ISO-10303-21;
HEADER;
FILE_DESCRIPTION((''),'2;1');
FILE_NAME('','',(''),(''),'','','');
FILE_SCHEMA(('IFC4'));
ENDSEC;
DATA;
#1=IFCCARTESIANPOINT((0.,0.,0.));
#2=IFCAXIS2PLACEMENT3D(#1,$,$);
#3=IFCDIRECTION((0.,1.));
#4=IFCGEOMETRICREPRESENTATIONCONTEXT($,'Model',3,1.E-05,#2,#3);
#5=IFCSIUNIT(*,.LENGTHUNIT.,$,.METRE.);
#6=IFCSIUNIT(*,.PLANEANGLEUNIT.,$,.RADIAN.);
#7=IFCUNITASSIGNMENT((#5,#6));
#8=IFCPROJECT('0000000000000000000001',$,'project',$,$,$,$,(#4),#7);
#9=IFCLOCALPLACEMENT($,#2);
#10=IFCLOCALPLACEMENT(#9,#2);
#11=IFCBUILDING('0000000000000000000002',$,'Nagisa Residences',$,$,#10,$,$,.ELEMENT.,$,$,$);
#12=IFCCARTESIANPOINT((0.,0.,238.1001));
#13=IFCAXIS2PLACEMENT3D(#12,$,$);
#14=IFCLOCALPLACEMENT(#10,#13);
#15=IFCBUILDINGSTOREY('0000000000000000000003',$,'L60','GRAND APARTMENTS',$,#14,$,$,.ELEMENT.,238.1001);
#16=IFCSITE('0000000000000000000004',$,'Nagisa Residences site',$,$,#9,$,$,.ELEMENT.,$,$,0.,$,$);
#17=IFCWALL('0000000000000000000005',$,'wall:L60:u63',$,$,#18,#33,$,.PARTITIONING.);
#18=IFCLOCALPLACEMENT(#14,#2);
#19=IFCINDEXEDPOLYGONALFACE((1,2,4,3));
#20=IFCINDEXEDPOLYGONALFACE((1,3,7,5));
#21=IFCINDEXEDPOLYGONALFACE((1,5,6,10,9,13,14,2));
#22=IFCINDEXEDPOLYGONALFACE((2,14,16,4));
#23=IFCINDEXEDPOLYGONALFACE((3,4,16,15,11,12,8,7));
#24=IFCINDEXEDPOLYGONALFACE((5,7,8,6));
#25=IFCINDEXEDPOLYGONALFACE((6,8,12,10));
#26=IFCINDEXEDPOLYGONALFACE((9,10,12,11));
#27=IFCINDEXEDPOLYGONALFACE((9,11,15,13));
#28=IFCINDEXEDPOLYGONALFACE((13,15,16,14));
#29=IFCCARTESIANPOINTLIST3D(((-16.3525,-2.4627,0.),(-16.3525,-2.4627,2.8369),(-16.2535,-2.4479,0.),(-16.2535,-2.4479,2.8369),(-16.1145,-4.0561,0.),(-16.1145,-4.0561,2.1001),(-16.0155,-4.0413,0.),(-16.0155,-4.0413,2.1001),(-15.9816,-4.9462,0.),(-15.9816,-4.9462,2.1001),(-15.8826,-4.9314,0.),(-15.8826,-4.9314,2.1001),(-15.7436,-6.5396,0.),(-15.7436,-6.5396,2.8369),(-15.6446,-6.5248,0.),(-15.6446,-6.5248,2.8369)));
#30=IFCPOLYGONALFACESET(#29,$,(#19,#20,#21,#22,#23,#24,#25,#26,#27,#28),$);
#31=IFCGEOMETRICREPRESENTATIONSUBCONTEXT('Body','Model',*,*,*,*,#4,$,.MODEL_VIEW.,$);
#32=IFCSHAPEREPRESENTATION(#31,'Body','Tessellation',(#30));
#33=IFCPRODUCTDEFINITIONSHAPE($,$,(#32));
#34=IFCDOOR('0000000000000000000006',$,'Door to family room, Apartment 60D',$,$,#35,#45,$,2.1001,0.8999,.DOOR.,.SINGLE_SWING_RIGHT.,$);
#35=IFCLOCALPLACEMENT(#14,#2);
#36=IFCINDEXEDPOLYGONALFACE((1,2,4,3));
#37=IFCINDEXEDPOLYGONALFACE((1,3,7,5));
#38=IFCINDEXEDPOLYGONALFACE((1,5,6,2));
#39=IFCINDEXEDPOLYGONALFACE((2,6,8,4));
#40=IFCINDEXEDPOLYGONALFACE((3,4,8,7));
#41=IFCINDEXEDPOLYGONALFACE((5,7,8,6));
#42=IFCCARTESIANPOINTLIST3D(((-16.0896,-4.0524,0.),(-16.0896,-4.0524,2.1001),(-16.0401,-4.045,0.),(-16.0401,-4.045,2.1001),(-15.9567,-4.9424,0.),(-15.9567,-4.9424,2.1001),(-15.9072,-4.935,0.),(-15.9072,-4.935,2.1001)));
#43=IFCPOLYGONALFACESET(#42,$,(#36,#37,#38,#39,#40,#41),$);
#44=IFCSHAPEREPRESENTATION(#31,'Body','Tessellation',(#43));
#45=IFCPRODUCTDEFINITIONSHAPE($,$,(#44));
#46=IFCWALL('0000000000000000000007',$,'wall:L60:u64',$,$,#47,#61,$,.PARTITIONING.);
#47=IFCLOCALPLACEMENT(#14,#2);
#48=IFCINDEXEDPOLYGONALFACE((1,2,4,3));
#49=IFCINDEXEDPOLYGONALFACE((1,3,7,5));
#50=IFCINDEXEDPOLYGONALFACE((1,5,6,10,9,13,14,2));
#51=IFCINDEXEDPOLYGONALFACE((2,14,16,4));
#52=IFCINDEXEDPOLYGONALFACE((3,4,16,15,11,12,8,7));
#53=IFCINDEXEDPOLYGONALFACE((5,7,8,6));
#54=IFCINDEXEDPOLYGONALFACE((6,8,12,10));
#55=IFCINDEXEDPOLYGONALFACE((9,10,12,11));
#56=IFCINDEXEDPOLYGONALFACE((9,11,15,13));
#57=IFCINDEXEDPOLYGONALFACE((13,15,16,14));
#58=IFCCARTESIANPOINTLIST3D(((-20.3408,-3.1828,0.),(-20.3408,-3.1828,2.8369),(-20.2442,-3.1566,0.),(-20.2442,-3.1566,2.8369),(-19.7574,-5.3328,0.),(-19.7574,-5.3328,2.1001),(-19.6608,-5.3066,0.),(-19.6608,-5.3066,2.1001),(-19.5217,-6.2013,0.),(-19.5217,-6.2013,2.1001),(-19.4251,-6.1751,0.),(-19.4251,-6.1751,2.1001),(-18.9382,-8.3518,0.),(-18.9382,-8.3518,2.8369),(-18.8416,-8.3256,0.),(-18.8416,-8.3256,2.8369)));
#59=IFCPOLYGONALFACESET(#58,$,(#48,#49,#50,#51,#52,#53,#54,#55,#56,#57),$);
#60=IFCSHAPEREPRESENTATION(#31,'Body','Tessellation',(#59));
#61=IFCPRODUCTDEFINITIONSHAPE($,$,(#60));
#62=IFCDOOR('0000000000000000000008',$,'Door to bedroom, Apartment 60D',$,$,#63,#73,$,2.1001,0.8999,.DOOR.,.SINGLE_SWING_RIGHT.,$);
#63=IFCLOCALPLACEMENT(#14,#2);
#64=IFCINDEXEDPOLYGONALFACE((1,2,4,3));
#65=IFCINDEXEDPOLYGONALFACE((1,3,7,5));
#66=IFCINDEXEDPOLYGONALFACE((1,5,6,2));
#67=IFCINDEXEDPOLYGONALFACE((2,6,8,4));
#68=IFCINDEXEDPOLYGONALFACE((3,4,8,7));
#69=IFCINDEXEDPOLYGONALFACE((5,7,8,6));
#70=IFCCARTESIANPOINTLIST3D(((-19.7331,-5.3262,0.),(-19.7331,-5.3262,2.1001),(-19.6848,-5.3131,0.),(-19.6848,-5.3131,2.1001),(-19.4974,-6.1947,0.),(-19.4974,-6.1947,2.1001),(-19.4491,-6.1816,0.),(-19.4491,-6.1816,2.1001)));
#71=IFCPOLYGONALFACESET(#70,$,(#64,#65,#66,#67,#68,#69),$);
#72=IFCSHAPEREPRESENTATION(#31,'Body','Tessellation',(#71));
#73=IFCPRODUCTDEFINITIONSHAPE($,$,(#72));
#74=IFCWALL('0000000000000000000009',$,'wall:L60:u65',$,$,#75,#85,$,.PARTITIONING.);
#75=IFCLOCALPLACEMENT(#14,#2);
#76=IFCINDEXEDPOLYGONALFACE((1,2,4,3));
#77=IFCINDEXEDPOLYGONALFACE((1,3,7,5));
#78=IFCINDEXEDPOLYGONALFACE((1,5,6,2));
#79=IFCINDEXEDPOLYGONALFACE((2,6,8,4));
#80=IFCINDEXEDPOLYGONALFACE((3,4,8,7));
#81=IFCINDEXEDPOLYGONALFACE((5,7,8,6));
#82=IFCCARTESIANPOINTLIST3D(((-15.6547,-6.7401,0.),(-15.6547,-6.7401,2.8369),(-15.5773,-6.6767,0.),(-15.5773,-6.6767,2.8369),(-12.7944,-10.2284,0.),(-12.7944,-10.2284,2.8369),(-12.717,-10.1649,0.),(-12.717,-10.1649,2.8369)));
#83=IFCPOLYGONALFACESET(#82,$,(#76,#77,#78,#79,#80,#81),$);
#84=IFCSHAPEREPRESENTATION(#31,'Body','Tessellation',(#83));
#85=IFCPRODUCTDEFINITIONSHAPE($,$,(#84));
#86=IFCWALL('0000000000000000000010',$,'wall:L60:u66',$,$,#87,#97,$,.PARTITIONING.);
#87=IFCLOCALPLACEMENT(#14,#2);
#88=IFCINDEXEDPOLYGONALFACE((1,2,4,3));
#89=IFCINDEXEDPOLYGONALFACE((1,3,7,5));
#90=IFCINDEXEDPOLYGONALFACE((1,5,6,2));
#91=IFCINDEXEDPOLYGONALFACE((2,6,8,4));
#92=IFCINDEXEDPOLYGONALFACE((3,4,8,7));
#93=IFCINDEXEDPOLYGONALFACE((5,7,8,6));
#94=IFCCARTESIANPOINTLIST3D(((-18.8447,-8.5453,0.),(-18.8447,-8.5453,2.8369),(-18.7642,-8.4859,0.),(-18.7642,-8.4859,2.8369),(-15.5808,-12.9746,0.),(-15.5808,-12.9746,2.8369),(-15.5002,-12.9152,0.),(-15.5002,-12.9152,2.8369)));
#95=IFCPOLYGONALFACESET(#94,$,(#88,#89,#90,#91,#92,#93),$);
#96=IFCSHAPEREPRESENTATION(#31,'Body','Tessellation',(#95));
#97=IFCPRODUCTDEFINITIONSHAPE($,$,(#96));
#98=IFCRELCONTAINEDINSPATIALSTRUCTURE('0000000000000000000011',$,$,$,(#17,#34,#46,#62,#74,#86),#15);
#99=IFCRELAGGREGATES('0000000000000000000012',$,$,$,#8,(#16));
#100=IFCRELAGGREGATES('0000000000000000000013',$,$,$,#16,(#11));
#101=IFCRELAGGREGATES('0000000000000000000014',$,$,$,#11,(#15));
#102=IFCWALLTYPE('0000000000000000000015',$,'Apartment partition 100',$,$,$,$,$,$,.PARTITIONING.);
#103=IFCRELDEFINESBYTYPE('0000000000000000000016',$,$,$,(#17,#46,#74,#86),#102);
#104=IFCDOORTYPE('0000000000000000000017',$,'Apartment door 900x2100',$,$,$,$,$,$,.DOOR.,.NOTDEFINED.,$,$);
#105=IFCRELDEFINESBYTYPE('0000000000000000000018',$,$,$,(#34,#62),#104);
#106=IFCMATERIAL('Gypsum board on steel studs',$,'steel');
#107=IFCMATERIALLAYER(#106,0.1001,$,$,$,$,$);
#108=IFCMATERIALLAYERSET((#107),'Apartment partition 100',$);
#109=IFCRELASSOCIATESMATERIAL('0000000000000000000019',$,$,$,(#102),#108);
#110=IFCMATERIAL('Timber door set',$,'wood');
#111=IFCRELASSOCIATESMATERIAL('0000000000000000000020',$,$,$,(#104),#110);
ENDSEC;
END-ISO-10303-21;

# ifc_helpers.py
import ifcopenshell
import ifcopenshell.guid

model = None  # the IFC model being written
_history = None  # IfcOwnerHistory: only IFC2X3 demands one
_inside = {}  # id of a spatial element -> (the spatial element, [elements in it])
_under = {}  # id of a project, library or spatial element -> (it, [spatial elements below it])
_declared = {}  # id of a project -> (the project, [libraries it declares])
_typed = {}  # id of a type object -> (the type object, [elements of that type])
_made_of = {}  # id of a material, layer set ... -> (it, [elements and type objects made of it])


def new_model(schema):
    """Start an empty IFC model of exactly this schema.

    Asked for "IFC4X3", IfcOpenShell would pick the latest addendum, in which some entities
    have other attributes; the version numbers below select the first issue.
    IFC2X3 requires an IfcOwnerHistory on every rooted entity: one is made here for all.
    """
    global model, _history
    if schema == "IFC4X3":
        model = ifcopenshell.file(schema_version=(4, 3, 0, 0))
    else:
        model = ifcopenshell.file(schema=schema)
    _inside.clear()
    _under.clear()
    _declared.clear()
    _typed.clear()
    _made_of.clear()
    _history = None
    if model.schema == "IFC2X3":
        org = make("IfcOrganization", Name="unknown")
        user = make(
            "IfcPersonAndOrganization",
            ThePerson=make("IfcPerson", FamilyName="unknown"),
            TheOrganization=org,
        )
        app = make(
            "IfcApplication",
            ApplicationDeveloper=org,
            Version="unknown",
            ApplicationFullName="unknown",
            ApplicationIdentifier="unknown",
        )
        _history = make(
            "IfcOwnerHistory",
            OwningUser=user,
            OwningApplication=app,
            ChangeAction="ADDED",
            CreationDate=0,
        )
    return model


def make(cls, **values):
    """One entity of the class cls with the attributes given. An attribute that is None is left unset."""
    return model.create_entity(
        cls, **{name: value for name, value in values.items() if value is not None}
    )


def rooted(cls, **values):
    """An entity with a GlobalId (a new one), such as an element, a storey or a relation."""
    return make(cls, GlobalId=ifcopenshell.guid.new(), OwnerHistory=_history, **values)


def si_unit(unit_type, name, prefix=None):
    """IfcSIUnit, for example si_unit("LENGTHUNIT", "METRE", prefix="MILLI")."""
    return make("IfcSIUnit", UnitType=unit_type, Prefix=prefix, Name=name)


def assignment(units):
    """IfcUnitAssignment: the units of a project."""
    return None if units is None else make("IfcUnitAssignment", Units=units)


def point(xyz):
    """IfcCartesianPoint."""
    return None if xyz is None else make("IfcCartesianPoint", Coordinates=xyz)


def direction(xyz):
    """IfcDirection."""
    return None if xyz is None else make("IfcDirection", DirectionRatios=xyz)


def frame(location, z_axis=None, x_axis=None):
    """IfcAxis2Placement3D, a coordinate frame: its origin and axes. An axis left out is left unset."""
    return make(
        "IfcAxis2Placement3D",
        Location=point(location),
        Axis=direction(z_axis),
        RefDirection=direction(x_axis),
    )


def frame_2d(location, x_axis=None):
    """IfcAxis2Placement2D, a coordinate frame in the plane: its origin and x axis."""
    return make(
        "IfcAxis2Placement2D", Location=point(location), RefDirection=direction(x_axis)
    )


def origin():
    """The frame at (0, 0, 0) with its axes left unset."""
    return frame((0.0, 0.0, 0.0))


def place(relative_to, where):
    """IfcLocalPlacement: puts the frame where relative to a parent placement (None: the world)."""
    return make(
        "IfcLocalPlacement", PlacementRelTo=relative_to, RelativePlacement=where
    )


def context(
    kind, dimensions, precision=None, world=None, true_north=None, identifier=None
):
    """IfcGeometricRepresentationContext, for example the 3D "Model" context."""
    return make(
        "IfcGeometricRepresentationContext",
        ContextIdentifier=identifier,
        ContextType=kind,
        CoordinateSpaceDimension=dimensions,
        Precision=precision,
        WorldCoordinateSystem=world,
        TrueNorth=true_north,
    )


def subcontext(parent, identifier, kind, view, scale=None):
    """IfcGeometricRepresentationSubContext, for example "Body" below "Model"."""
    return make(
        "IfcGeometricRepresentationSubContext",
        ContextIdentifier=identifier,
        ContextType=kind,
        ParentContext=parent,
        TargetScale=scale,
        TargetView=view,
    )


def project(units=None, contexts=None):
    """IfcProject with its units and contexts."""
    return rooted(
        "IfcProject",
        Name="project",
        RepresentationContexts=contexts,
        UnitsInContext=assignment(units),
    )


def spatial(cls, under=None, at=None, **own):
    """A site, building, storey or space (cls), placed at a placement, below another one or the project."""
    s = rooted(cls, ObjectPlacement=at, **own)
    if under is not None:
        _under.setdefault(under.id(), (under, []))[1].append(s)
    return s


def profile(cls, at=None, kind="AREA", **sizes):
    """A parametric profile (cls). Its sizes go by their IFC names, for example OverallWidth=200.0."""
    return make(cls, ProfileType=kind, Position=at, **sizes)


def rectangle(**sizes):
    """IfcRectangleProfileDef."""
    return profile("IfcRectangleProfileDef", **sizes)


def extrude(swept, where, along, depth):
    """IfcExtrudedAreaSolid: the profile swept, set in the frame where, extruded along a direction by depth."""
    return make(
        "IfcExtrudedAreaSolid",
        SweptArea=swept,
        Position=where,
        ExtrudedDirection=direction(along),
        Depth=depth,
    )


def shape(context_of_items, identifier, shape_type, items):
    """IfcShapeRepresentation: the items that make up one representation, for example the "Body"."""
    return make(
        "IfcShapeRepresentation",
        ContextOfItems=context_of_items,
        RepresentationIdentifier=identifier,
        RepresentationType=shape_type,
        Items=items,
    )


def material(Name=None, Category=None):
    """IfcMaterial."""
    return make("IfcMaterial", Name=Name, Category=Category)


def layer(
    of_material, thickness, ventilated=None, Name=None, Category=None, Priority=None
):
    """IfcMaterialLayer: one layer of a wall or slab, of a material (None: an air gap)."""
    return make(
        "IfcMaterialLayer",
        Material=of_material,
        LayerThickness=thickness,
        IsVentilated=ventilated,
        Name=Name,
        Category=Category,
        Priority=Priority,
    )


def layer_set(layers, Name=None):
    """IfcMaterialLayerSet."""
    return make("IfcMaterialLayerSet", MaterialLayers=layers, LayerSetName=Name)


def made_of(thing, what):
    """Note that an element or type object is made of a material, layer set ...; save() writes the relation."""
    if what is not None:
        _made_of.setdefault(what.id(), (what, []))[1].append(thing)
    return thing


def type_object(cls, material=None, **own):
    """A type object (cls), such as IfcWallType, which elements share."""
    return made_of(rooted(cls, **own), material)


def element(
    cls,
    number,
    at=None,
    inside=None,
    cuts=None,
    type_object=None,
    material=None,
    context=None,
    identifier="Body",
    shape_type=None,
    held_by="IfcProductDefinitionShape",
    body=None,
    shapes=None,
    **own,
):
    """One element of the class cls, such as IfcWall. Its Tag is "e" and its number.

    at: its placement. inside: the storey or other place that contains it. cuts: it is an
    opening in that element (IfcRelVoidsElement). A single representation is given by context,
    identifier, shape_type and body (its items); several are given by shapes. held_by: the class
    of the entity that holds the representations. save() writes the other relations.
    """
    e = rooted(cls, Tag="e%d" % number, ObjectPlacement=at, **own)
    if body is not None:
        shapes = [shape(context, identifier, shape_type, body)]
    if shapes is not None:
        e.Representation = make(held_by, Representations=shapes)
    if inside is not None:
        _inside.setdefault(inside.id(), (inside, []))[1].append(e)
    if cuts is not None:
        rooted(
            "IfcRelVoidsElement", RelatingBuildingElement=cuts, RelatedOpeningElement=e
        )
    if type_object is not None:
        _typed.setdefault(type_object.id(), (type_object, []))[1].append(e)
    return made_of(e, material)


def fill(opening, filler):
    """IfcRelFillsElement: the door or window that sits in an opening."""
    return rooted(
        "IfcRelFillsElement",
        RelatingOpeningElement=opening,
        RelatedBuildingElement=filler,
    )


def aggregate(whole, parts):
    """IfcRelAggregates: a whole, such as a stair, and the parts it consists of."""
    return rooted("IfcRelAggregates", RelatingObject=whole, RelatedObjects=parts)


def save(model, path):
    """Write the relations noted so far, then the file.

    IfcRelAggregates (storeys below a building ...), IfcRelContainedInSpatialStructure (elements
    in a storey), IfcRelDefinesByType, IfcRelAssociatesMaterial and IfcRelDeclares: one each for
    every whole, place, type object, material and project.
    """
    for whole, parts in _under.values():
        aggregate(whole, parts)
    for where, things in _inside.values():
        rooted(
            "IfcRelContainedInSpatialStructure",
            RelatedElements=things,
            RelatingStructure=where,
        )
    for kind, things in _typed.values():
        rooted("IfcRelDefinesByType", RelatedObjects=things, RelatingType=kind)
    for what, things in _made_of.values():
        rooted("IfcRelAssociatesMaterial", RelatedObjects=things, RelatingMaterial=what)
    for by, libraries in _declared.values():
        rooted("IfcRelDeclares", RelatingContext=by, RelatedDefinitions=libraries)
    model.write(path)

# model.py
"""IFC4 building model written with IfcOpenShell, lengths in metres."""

from ifc_helpers import new_model, si_unit, direction, frame, frame_2d, origin, place, context, subcontext, project, spatial, rectangle, extrude, material, layer, layer_set, type_object, element, fill, save


model = new_model("IFC4")

# Units and contexts
model_context = context("Model", 3, precision=1e-05, world=origin(), true_north=direction((0.0, 1.0)))
body_context = subcontext(model_context, "Body", "Model", "MODEL_VIEW")
ifc_project = project(units=[si_unit("LENGTHUNIT", "METRE"), si_unit("PLANEANGLEUNIT", "RADIAN")], contexts=[model_context])

# Site, building, storey
site_placement = place(None, origin())
site = spatial("IfcSite", under=ifc_project, at=site_placement, Name="Nagisa Residences site", CompositionType="ELEMENT", RefElevation=0.0)
building_placement = place(site_placement, origin())
building = spatial("IfcBuilding", under=site, at=building_placement, Name="Nagisa Residences", CompositionType="ELEMENT")
storey_placement = place(building_placement, frame((0.0, 0.0, 238.1001)))
storey = spatial("IfcBuildingStorey", under=building, at=storey_placement, Name="L60", Description="GRAND APARTMENTS", CompositionType="ELEMENT", Elevation=238.1001)

# Shared definitions
ifc_material_1 = material(Name="Gypsum board on steel studs", Category="steel")
ifc_layer_1 = layer(ifc_material_1, 0.1001)
ifc_layer_set_1 = layer_set([ifc_layer_1], Name="Apartment partition 100")
wall_type_1 = type_object("IfcWallType", Name="Apartment partition 100", PredefinedType="PARTITIONING", material=ifc_layer_set_1)
ifc_material_2 = material(Name="Timber door set", Category="wood")
door_type_1 = type_object("IfcDoorType", Name="Apartment door 900x2100", OperationType="NOTDEFINED", PredefinedType="DOOR", material=ifc_material_2)

# Walls, openings, doors
wall_1_placement = place(storey_placement, frame((-16.303, -2.4553, 0.0), z_axis=(0.0, 0.0, 1.0), x_axis=(0.147712, -0.98903, 0.0)))
wall_1 = element("IfcWall", 1, at=wall_1_placement, inside=storey, type_object=wall_type_1, Name="wall:L60:u63", PredefinedType="PARTITIONING", context=body_context, shape_type="SweptSolid", body=[
    extrude(rectangle(XDim=4.1221, YDim=0.1001, at=frame_2d((2.061, 0.0))), origin(), (0.0, 0.0, 1.0), 2.8369),
])
opening_1_placement = place(wall_1_placement, frame((1.6111, 0.0, 0.0)))
opening_1 = element("IfcOpeningElement", 2, at=opening_1_placement, cuts=wall_1, PredefinedType="OPENING", context=body_context, shape_type="SweptSolid", body=[
    extrude(rectangle(XDim=0.8999, YDim=2.1001, at=frame_2d((0.45, 1.05))), frame((0.0, 0.0601, 0.0), z_axis=(0.0, -1.0, 0.0), x_axis=(1.0, 0.0, 0.0)), (0.0, 0.0, 1.0), 0.1201),
])
door_1_placement = place(opening_1_placement, frame((0.8999, 0.0, 0.0), x_axis=(-1.0, 0.0, 0.0)))
door_1 = element("IfcDoor", 3, at=door_1_placement, inside=storey, type_object=door_type_1, Name="Door to family room, Apartment 60D", OperationType="SINGLE_SWING_RIGHT", OverallHeight=2.1001, OverallWidth=0.8999, PredefinedType="DOOR", context=body_context, shape_type="SweptSolid", body=[
    extrude(rectangle(XDim=0.8999, YDim=2.1001, at=frame_2d((0.45, 1.05))), frame((0.0, 0.0249, 0.0), z_axis=(0.0, -1.0, 0.0), x_axis=(1.0, 0.0, 0.0)), (0.0, 0.0, 1.0), 0.05),
])
fill(opening_1, door_1)
wall_2_placement = place(storey_placement, frame((-20.2925, -3.1697, 0.0), z_axis=(0.0, 0.0, 1.0), x_axis=(0.261879, -0.965101, 0.0)))
wall_2 = element("IfcWall", 4, at=wall_2_placement, inside=storey, type_object=wall_type_1, Name="wall:L60:u64", PredefinedType="PARTITIONING", context=body_context, shape_type="SweptSolid", body=[
    extrude(rectangle(XDim=5.356, YDim=0.1001, at=frame_2d((2.678, 0.0))), origin(), (0.0, 0.0, 1.0), 2.8369),
])
opening_2_placement = place(wall_2_placement, frame((2.2278, 0.0, 0.0)))
opening_2 = element("IfcOpeningElement", 5, at=opening_2_placement, cuts=wall_2, PredefinedType="OPENING", context=body_context, shape_type="SweptSolid", body=[
    extrude(rectangle(XDim=0.8999, YDim=2.1001, at=frame_2d((0.45, 1.05))), frame((0.0, 0.0601, 0.0), z_axis=(0.0, -1.0, 0.0), x_axis=(1.0, 0.0, 0.0)), (0.0, 0.0, 1.0), 0.1201),
])
door_2_placement = place(opening_2_placement, frame((0.8999, 0.0, 0.0), x_axis=(-1.0, 0.0, 0.0)))
door_2 = element("IfcDoor", 6, at=door_2_placement, inside=storey, type_object=door_type_1, Name="Door to bedroom, Apartment 60D", OperationType="SINGLE_SWING_RIGHT", OverallHeight=2.1001, OverallWidth=0.8999, PredefinedType="DOOR", context=body_context, shape_type="SweptSolid", body=[
    extrude(rectangle(XDim=0.8999, YDim=2.1001, at=frame_2d((0.45, 1.05))), frame((0.0, 0.0249, 0.0), z_axis=(0.0, -1.0, 0.0), x_axis=(1.0, 0.0, 0.0)), (0.0, 0.0, 1.0), 0.05),
])
fill(opening_2, door_2)

# Walls
wall_3_placement = place(storey_placement, frame((-15.616, -6.7085, 0.0), z_axis=(0.0, 0.0, 1.0), x_axis=(0.634074, -0.773272, 0.0)))
element("IfcWall", 7, at=wall_3_placement, inside=storey, type_object=wall_type_1, Name="wall:L60:u65", PredefinedType="PARTITIONING", context=body_context, shape_type="SweptSolid", body=[
    extrude(rectangle(XDim=4.511, YDim=0.1001, at=frame_2d((2.2554, 0.0))), origin(), (0.0, 0.0, 1.0), 2.8369),
])
wall_4_placement = place(storey_placement, frame((-18.8044, -8.5156, 0.0), z_axis=(0.0, 0.0, 1.0), x_axis=(0.593234, -0.80503, 0.0)))
element("IfcWall", 8, at=wall_4_placement, inside=storey, type_object=wall_type_1, Name="wall:L60:u66", PredefinedType="PARTITIONING", context=body_context, shape_type="SweptSolid", body=[
    extrude(rectangle(XDim=5.502, YDim=0.1001, at=frame_2d((2.751, 0.0))), origin(), (0.0, 0.0, 1.0), 2.8369),
])

save(model, "model.ifc")
